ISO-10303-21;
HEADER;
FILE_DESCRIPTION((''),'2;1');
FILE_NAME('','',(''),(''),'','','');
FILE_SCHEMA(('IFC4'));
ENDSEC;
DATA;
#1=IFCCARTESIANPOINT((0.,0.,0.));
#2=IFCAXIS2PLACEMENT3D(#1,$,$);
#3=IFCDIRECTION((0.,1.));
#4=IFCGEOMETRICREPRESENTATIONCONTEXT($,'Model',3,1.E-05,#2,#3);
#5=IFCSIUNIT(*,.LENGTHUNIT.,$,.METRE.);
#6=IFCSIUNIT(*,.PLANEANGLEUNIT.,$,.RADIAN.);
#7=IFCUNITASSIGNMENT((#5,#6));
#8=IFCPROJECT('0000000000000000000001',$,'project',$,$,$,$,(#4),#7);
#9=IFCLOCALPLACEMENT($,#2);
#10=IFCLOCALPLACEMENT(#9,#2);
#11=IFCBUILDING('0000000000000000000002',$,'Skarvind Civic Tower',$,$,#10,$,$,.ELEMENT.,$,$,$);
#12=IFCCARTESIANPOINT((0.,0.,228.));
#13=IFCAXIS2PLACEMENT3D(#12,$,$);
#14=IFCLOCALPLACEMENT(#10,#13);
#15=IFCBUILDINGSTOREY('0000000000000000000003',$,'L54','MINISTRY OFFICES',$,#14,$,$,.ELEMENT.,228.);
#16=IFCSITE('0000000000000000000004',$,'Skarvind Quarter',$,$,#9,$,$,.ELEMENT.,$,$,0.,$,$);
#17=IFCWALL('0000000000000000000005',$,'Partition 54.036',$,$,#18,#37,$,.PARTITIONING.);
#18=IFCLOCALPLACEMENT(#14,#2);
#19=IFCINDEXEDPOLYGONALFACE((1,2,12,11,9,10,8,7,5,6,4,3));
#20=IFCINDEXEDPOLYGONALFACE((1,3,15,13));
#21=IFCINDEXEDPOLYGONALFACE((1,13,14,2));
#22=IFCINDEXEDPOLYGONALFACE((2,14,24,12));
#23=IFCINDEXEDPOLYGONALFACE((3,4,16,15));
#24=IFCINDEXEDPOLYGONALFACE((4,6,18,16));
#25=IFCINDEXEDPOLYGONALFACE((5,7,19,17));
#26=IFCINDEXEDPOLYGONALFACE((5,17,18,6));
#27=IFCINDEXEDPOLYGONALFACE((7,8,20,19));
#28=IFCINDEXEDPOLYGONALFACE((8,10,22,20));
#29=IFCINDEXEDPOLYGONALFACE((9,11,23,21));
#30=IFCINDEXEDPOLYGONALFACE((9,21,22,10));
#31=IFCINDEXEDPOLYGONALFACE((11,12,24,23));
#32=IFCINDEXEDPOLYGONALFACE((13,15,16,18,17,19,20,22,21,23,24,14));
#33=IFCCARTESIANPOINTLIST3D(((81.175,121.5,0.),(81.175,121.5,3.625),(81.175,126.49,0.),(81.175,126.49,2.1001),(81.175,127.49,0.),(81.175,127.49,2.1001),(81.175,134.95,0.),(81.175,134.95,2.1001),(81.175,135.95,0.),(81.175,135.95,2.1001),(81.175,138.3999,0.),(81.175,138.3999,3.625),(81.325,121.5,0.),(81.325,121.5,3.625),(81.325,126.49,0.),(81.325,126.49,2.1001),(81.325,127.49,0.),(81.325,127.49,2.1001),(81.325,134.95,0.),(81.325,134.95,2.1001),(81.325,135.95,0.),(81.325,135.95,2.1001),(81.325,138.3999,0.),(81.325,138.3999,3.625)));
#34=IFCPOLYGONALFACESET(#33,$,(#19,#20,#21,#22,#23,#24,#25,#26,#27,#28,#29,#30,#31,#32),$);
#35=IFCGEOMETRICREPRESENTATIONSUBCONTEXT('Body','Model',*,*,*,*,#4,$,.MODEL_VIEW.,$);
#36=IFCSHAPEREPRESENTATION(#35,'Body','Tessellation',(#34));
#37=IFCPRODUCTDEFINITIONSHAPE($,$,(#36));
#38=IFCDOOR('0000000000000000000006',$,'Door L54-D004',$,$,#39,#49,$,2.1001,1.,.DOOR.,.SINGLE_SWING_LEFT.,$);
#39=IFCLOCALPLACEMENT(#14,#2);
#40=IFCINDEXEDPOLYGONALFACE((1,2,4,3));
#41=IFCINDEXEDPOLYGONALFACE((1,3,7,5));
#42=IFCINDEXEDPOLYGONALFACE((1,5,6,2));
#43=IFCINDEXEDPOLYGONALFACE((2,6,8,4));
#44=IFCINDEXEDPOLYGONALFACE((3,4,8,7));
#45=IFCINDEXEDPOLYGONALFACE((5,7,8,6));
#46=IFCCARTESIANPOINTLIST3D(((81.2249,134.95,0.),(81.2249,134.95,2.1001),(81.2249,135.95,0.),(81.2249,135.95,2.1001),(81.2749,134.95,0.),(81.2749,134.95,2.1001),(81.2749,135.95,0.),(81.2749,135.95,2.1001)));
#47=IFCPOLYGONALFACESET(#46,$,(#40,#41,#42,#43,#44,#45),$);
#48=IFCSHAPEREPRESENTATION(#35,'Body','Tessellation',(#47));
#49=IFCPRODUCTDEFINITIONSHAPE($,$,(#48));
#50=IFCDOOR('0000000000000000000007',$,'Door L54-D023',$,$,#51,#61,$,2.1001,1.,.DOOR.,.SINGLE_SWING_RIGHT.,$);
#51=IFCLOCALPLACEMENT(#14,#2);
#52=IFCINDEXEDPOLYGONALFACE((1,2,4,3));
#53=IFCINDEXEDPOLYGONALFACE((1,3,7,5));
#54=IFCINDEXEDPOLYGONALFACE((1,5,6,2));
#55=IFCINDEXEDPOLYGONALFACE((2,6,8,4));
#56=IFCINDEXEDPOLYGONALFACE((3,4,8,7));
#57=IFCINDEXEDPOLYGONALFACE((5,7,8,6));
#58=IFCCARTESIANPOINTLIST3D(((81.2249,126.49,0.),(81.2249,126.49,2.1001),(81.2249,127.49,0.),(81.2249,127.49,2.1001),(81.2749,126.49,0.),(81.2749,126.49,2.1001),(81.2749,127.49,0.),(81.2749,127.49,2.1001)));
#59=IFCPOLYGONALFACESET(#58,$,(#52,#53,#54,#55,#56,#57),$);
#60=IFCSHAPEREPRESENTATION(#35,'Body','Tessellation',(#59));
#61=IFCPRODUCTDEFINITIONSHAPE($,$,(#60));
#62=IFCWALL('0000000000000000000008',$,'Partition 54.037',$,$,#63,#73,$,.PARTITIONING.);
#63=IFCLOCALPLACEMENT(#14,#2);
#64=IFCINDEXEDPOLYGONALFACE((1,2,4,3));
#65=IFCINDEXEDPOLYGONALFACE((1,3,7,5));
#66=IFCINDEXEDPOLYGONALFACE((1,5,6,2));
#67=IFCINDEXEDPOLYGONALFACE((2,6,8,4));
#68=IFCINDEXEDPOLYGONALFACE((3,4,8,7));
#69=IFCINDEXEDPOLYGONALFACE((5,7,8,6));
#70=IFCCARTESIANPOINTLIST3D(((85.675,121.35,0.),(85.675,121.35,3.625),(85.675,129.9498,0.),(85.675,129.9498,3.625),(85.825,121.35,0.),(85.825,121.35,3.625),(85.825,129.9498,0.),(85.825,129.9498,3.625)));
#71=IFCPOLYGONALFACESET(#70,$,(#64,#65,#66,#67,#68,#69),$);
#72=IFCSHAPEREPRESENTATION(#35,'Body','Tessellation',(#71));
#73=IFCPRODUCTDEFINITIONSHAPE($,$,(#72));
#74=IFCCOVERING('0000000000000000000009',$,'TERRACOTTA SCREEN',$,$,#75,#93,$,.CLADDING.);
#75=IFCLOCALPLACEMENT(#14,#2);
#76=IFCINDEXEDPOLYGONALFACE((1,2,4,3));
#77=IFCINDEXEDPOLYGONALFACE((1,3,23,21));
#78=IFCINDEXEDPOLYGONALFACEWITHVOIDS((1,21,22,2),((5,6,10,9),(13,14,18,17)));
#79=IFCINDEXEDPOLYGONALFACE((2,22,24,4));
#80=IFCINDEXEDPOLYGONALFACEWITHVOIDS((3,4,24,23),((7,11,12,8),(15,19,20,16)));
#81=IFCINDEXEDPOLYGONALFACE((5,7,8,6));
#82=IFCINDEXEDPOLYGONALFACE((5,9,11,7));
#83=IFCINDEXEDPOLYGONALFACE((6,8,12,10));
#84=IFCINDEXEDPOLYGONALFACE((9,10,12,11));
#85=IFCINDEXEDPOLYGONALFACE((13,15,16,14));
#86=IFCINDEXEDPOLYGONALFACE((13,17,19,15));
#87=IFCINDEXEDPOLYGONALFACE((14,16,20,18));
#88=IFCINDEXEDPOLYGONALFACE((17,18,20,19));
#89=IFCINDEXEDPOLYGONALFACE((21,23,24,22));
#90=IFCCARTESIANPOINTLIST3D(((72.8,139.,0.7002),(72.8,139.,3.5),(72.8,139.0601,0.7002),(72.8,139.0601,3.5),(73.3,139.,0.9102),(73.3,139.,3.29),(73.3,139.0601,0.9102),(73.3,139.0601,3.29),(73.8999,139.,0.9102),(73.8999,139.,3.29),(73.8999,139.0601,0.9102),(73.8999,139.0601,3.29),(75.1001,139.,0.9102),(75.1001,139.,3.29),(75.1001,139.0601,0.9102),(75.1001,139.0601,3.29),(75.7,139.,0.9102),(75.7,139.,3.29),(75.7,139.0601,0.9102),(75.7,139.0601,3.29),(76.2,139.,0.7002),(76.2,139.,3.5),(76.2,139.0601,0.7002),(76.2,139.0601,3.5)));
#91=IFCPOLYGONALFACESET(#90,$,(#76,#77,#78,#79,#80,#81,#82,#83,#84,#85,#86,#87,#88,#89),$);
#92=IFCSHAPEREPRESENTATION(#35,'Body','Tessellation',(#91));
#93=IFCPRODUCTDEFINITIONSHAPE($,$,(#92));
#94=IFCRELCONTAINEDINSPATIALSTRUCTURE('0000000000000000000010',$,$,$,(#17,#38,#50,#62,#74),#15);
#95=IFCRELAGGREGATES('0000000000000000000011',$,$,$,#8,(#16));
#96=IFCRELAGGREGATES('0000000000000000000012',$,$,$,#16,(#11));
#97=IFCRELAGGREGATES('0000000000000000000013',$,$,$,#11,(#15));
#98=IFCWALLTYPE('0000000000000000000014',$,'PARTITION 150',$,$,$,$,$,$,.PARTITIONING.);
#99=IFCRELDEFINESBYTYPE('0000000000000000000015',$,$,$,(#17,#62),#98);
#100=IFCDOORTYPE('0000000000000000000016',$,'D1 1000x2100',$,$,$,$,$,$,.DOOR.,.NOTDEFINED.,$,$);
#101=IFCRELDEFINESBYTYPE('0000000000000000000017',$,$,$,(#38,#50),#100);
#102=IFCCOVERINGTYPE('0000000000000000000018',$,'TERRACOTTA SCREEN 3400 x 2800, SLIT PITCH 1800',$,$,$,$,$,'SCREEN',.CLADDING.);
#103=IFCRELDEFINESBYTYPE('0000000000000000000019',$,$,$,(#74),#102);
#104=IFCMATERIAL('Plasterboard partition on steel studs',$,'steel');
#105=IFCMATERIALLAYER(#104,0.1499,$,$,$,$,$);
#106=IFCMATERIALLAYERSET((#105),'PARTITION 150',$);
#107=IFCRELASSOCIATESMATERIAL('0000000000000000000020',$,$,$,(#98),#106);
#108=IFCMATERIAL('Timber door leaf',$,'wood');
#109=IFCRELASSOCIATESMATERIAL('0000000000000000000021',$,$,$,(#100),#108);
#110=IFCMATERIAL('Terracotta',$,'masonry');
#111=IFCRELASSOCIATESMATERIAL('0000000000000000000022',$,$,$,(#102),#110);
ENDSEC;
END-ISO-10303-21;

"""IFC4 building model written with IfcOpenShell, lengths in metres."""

from ifc_helpers import new_model, si_unit, direction, frame, frame_2d, origin, place, context, subcontext, project, spatial, polyline, rectangle, outline, extrude, material, layer, layer_set, material_profile, profile_set, type_object, element, fill, save


model = new_model("IFC4")

# Units and contexts
model_context = context("Model", 3, precision=1e-05, world=origin(), true_north=direction((0.0, 1.0)))
body_context = subcontext(model_context, "Body", "Model", "MODEL_VIEW")
ifc_project = project(units=[si_unit("LENGTHUNIT", "METRE"), si_unit("PLANEANGLEUNIT", "RADIAN")], contexts=[model_context])

# Site, building, storey
site_placement = place(None, origin())
site = spatial("IfcSite", under=ifc_project, at=site_placement, Name="Skarvind Quarter", CompositionType="ELEMENT", RefElevation=0.0)
building_placement = place(site_placement, origin())
building = spatial("IfcBuilding", under=site, at=building_placement, Name="Skarvind Civic Tower", CompositionType="ELEMENT")
storey_placement = place(building_placement, frame((0.0, 0.0, 228.0)))
storey = spatial("IfcBuildingStorey", under=building, at=storey_placement, Name="L54", Description="MINISTRY OFFICES", CompositionType="ELEMENT", Elevation=228.0)

# Shared definitions
ifc_material_1 = material(Name="Plasterboard partition on steel studs", Category="steel")
ifc_layer_1 = layer(ifc_material_1, 0.1499)
ifc_layer_set_1 = layer_set([ifc_layer_1], Name="PARTITION 150")
wall_type_1 = type_object("IfcWallType", Name="PARTITION 150", PredefinedType="PARTITIONING", material=ifc_layer_set_1)

# Shared definitions
ifc_material_2 = material(Name="Timber door leaf", Category="wood")
door_type = type_object("IfcDoorType", Name="D1 1000x2100", OperationType="NOTDEFINED", PredefinedType="DOOR", material=ifc_material_2)

# Wall, openings, doors
wall_1_placement = place(storey_placement, frame((81.25, 138.3999, 0.0), z_axis=(0.0, 0.0, 1.0), x_axis=(0.0, -1.0, 0.0)))
wall_1 = element("IfcWall", 1, at=wall_1_placement, inside=storey, type_object=wall_type_1, Name="Partition 54.036", PredefinedType="PARTITIONING", context=body_context, shape_type="SweptSolid", body=[
    extrude(rectangle(XDim=16.8999, YDim=0.1499, at=frame_2d((8.45, 0.0))), origin(), (0.0, 0.0, 1.0), 3.625),
])
opening_1_placement = place(wall_1_placement, frame((2.45, 0.0, 0.0)))
opening_1 = element("IfcOpeningElement", 2, at=opening_1_placement, cuts=wall_1, PredefinedType="OPENING", context=body_context, shape_type="SweptSolid", body=[
    extrude(rectangle(XDim=1.0, YDim=2.1001, at=frame_2d((0.5, 1.05))), frame((0.0, 0.085, 0.0), z_axis=(0.0, -1.0, 0.0), x_axis=(1.0, 0.0, 0.0)), (0.0, 0.0, 1.0), 0.1699),
])
opening_2_placement = place(wall_1_placement, frame((10.9099, 0.0, 0.0)))
opening_2 = element("IfcOpeningElement", 3, at=opening_2_placement, cuts=wall_1, PredefinedType="OPENING", context=body_context, shape_type="SweptSolid", body=[
    extrude(rectangle(XDim=1.0, YDim=2.1001, at=frame_2d((0.5, 1.05))), frame((0.0, 0.085, 0.0), z_axis=(0.0, -1.0, 0.0), x_axis=(1.0, 0.0, 0.0)), (0.0, 0.0, 1.0), 0.1699),
])
door_1_placement = place(opening_1_placement, origin())
door_1 = element("IfcDoor", 4, at=door_1_placement, inside=storey, type_object=door_type, Name="Door L54-D004", OperationType="SINGLE_SWING_LEFT", OverallHeight=2.1001, OverallWidth=1.0, PredefinedType="DOOR", context=body_context, shape_type="SweptSolid", body=[
    extrude(rectangle(XDim=1.0, YDim=2.1001, at=frame_2d((0.5, 1.05))), frame((0.0, 0.0249, 0.0), z_axis=(0.0, -1.0, 0.0), x_axis=(1.0, 0.0, 0.0)), (0.0, 0.0, 1.0), 0.05),
])
fill(opening_1, door_1)
door_2_placement = place(opening_2_placement, origin())
door_2 = element("IfcDoor", 5, at=door_2_placement, inside=storey, type_object=door_type, Name="Door L54-D023", OperationType="SINGLE_SWING_RIGHT", OverallHeight=2.1001, OverallWidth=1.0, PredefinedType="DOOR", context=body_context, shape_type="SweptSolid", body=[
    extrude(rectangle(XDim=1.0, YDim=2.1001, at=frame_2d((0.5, 1.05))), frame((0.0, 0.0249, 0.0), z_axis=(0.0, -1.0, 0.0), x_axis=(1.0, 0.0, 0.0)), (0.0, 0.0, 1.0), 0.05),
])
fill(opening_2, door_2)

# Wall
wall_2_placement = place(storey_placement, frame((85.75, 121.3501, 0.0), z_axis=(0.0, 0.0, 1.0), x_axis=(0.0, 1.0, 0.0)))
element("IfcWall", 6, at=wall_2_placement, inside=storey, type_object=wall_type_1, Name="Partition 54.037", PredefinedType="PARTITIONING", context=body_context, shape_type="SweptSolid", body=[
    extrude(rectangle(XDim=8.5999, YDim=0.1499, at=frame_2d((4.2998, 0.0))), origin(), (0.0, 0.0, 1.0), 3.625),
])

# Covering
ifc_material_3 = material(Name="Terracotta", Category="masonry")
ifc_material_profile_1 = material_profile(ifc_material_3, outline(polyline([(-1.7, -1.3999), (1.7, -1.3999), (1.7, 1.3999), (-1.7, 1.3999), (-1.7, -1.3999)]), holes=[polyline([(-1.2, -1.1899), (-0.6001, -1.1899), (-0.6001, 1.1899), (-1.2, 1.1899), (-1.2, -1.1899)]), polyline([(0.6001, -1.1899), (1.2, -1.1899), (1.2, 1.1899), (0.6001, 1.1899), (0.6001, -1.1899)])]), Name="TERRACOTTA SCREEN 3400 x 2800, SLIT PITCH 1800")
ifc_profile_set_1 = profile_set([ifc_material_profile_1], Name="Terracotta")
covering_type = type_object("IfcCoveringType", Name="TERRACOTTA SCREEN 3400 x 2800, SLIT PITCH 1800", ElementType="SCREEN", PredefinedType="CLADDING", material=ifc_profile_set_1)
covering_placement = place(storey_placement, frame((74.5, 139.0, 2.1001), z_axis=(0.0, 1.0, 0.0), x_axis=(-1.0, 0.0, 0.0)))
element("IfcCovering", 7, at=covering_placement, inside=storey, type_object=covering_type, Name="TERRACOTTA SCREEN", PredefinedType="CLADDING", context=body_context, shape_type="SweptSolid", body=[
    extrude(outline(polyline([(-1.7, -1.3999), (1.7, -1.3999), (1.7, 1.3999), (-1.7, 1.3999), (-1.7, -1.3999)]), holes=[polyline([(-1.2, -1.1899), (-0.6001, -1.1899), (-0.6001, 1.1899), (-1.2, 1.1899), (-1.2, -1.1899)]), polyline([(0.6001, -1.1899), (1.2, -1.1899), (1.2, 1.1899), (0.6001, 1.1899), (0.6001, -1.1899)])]), origin(), (0.0, 0.0, 1.0), 0.0601),
])

save(model, "model.ifc")
